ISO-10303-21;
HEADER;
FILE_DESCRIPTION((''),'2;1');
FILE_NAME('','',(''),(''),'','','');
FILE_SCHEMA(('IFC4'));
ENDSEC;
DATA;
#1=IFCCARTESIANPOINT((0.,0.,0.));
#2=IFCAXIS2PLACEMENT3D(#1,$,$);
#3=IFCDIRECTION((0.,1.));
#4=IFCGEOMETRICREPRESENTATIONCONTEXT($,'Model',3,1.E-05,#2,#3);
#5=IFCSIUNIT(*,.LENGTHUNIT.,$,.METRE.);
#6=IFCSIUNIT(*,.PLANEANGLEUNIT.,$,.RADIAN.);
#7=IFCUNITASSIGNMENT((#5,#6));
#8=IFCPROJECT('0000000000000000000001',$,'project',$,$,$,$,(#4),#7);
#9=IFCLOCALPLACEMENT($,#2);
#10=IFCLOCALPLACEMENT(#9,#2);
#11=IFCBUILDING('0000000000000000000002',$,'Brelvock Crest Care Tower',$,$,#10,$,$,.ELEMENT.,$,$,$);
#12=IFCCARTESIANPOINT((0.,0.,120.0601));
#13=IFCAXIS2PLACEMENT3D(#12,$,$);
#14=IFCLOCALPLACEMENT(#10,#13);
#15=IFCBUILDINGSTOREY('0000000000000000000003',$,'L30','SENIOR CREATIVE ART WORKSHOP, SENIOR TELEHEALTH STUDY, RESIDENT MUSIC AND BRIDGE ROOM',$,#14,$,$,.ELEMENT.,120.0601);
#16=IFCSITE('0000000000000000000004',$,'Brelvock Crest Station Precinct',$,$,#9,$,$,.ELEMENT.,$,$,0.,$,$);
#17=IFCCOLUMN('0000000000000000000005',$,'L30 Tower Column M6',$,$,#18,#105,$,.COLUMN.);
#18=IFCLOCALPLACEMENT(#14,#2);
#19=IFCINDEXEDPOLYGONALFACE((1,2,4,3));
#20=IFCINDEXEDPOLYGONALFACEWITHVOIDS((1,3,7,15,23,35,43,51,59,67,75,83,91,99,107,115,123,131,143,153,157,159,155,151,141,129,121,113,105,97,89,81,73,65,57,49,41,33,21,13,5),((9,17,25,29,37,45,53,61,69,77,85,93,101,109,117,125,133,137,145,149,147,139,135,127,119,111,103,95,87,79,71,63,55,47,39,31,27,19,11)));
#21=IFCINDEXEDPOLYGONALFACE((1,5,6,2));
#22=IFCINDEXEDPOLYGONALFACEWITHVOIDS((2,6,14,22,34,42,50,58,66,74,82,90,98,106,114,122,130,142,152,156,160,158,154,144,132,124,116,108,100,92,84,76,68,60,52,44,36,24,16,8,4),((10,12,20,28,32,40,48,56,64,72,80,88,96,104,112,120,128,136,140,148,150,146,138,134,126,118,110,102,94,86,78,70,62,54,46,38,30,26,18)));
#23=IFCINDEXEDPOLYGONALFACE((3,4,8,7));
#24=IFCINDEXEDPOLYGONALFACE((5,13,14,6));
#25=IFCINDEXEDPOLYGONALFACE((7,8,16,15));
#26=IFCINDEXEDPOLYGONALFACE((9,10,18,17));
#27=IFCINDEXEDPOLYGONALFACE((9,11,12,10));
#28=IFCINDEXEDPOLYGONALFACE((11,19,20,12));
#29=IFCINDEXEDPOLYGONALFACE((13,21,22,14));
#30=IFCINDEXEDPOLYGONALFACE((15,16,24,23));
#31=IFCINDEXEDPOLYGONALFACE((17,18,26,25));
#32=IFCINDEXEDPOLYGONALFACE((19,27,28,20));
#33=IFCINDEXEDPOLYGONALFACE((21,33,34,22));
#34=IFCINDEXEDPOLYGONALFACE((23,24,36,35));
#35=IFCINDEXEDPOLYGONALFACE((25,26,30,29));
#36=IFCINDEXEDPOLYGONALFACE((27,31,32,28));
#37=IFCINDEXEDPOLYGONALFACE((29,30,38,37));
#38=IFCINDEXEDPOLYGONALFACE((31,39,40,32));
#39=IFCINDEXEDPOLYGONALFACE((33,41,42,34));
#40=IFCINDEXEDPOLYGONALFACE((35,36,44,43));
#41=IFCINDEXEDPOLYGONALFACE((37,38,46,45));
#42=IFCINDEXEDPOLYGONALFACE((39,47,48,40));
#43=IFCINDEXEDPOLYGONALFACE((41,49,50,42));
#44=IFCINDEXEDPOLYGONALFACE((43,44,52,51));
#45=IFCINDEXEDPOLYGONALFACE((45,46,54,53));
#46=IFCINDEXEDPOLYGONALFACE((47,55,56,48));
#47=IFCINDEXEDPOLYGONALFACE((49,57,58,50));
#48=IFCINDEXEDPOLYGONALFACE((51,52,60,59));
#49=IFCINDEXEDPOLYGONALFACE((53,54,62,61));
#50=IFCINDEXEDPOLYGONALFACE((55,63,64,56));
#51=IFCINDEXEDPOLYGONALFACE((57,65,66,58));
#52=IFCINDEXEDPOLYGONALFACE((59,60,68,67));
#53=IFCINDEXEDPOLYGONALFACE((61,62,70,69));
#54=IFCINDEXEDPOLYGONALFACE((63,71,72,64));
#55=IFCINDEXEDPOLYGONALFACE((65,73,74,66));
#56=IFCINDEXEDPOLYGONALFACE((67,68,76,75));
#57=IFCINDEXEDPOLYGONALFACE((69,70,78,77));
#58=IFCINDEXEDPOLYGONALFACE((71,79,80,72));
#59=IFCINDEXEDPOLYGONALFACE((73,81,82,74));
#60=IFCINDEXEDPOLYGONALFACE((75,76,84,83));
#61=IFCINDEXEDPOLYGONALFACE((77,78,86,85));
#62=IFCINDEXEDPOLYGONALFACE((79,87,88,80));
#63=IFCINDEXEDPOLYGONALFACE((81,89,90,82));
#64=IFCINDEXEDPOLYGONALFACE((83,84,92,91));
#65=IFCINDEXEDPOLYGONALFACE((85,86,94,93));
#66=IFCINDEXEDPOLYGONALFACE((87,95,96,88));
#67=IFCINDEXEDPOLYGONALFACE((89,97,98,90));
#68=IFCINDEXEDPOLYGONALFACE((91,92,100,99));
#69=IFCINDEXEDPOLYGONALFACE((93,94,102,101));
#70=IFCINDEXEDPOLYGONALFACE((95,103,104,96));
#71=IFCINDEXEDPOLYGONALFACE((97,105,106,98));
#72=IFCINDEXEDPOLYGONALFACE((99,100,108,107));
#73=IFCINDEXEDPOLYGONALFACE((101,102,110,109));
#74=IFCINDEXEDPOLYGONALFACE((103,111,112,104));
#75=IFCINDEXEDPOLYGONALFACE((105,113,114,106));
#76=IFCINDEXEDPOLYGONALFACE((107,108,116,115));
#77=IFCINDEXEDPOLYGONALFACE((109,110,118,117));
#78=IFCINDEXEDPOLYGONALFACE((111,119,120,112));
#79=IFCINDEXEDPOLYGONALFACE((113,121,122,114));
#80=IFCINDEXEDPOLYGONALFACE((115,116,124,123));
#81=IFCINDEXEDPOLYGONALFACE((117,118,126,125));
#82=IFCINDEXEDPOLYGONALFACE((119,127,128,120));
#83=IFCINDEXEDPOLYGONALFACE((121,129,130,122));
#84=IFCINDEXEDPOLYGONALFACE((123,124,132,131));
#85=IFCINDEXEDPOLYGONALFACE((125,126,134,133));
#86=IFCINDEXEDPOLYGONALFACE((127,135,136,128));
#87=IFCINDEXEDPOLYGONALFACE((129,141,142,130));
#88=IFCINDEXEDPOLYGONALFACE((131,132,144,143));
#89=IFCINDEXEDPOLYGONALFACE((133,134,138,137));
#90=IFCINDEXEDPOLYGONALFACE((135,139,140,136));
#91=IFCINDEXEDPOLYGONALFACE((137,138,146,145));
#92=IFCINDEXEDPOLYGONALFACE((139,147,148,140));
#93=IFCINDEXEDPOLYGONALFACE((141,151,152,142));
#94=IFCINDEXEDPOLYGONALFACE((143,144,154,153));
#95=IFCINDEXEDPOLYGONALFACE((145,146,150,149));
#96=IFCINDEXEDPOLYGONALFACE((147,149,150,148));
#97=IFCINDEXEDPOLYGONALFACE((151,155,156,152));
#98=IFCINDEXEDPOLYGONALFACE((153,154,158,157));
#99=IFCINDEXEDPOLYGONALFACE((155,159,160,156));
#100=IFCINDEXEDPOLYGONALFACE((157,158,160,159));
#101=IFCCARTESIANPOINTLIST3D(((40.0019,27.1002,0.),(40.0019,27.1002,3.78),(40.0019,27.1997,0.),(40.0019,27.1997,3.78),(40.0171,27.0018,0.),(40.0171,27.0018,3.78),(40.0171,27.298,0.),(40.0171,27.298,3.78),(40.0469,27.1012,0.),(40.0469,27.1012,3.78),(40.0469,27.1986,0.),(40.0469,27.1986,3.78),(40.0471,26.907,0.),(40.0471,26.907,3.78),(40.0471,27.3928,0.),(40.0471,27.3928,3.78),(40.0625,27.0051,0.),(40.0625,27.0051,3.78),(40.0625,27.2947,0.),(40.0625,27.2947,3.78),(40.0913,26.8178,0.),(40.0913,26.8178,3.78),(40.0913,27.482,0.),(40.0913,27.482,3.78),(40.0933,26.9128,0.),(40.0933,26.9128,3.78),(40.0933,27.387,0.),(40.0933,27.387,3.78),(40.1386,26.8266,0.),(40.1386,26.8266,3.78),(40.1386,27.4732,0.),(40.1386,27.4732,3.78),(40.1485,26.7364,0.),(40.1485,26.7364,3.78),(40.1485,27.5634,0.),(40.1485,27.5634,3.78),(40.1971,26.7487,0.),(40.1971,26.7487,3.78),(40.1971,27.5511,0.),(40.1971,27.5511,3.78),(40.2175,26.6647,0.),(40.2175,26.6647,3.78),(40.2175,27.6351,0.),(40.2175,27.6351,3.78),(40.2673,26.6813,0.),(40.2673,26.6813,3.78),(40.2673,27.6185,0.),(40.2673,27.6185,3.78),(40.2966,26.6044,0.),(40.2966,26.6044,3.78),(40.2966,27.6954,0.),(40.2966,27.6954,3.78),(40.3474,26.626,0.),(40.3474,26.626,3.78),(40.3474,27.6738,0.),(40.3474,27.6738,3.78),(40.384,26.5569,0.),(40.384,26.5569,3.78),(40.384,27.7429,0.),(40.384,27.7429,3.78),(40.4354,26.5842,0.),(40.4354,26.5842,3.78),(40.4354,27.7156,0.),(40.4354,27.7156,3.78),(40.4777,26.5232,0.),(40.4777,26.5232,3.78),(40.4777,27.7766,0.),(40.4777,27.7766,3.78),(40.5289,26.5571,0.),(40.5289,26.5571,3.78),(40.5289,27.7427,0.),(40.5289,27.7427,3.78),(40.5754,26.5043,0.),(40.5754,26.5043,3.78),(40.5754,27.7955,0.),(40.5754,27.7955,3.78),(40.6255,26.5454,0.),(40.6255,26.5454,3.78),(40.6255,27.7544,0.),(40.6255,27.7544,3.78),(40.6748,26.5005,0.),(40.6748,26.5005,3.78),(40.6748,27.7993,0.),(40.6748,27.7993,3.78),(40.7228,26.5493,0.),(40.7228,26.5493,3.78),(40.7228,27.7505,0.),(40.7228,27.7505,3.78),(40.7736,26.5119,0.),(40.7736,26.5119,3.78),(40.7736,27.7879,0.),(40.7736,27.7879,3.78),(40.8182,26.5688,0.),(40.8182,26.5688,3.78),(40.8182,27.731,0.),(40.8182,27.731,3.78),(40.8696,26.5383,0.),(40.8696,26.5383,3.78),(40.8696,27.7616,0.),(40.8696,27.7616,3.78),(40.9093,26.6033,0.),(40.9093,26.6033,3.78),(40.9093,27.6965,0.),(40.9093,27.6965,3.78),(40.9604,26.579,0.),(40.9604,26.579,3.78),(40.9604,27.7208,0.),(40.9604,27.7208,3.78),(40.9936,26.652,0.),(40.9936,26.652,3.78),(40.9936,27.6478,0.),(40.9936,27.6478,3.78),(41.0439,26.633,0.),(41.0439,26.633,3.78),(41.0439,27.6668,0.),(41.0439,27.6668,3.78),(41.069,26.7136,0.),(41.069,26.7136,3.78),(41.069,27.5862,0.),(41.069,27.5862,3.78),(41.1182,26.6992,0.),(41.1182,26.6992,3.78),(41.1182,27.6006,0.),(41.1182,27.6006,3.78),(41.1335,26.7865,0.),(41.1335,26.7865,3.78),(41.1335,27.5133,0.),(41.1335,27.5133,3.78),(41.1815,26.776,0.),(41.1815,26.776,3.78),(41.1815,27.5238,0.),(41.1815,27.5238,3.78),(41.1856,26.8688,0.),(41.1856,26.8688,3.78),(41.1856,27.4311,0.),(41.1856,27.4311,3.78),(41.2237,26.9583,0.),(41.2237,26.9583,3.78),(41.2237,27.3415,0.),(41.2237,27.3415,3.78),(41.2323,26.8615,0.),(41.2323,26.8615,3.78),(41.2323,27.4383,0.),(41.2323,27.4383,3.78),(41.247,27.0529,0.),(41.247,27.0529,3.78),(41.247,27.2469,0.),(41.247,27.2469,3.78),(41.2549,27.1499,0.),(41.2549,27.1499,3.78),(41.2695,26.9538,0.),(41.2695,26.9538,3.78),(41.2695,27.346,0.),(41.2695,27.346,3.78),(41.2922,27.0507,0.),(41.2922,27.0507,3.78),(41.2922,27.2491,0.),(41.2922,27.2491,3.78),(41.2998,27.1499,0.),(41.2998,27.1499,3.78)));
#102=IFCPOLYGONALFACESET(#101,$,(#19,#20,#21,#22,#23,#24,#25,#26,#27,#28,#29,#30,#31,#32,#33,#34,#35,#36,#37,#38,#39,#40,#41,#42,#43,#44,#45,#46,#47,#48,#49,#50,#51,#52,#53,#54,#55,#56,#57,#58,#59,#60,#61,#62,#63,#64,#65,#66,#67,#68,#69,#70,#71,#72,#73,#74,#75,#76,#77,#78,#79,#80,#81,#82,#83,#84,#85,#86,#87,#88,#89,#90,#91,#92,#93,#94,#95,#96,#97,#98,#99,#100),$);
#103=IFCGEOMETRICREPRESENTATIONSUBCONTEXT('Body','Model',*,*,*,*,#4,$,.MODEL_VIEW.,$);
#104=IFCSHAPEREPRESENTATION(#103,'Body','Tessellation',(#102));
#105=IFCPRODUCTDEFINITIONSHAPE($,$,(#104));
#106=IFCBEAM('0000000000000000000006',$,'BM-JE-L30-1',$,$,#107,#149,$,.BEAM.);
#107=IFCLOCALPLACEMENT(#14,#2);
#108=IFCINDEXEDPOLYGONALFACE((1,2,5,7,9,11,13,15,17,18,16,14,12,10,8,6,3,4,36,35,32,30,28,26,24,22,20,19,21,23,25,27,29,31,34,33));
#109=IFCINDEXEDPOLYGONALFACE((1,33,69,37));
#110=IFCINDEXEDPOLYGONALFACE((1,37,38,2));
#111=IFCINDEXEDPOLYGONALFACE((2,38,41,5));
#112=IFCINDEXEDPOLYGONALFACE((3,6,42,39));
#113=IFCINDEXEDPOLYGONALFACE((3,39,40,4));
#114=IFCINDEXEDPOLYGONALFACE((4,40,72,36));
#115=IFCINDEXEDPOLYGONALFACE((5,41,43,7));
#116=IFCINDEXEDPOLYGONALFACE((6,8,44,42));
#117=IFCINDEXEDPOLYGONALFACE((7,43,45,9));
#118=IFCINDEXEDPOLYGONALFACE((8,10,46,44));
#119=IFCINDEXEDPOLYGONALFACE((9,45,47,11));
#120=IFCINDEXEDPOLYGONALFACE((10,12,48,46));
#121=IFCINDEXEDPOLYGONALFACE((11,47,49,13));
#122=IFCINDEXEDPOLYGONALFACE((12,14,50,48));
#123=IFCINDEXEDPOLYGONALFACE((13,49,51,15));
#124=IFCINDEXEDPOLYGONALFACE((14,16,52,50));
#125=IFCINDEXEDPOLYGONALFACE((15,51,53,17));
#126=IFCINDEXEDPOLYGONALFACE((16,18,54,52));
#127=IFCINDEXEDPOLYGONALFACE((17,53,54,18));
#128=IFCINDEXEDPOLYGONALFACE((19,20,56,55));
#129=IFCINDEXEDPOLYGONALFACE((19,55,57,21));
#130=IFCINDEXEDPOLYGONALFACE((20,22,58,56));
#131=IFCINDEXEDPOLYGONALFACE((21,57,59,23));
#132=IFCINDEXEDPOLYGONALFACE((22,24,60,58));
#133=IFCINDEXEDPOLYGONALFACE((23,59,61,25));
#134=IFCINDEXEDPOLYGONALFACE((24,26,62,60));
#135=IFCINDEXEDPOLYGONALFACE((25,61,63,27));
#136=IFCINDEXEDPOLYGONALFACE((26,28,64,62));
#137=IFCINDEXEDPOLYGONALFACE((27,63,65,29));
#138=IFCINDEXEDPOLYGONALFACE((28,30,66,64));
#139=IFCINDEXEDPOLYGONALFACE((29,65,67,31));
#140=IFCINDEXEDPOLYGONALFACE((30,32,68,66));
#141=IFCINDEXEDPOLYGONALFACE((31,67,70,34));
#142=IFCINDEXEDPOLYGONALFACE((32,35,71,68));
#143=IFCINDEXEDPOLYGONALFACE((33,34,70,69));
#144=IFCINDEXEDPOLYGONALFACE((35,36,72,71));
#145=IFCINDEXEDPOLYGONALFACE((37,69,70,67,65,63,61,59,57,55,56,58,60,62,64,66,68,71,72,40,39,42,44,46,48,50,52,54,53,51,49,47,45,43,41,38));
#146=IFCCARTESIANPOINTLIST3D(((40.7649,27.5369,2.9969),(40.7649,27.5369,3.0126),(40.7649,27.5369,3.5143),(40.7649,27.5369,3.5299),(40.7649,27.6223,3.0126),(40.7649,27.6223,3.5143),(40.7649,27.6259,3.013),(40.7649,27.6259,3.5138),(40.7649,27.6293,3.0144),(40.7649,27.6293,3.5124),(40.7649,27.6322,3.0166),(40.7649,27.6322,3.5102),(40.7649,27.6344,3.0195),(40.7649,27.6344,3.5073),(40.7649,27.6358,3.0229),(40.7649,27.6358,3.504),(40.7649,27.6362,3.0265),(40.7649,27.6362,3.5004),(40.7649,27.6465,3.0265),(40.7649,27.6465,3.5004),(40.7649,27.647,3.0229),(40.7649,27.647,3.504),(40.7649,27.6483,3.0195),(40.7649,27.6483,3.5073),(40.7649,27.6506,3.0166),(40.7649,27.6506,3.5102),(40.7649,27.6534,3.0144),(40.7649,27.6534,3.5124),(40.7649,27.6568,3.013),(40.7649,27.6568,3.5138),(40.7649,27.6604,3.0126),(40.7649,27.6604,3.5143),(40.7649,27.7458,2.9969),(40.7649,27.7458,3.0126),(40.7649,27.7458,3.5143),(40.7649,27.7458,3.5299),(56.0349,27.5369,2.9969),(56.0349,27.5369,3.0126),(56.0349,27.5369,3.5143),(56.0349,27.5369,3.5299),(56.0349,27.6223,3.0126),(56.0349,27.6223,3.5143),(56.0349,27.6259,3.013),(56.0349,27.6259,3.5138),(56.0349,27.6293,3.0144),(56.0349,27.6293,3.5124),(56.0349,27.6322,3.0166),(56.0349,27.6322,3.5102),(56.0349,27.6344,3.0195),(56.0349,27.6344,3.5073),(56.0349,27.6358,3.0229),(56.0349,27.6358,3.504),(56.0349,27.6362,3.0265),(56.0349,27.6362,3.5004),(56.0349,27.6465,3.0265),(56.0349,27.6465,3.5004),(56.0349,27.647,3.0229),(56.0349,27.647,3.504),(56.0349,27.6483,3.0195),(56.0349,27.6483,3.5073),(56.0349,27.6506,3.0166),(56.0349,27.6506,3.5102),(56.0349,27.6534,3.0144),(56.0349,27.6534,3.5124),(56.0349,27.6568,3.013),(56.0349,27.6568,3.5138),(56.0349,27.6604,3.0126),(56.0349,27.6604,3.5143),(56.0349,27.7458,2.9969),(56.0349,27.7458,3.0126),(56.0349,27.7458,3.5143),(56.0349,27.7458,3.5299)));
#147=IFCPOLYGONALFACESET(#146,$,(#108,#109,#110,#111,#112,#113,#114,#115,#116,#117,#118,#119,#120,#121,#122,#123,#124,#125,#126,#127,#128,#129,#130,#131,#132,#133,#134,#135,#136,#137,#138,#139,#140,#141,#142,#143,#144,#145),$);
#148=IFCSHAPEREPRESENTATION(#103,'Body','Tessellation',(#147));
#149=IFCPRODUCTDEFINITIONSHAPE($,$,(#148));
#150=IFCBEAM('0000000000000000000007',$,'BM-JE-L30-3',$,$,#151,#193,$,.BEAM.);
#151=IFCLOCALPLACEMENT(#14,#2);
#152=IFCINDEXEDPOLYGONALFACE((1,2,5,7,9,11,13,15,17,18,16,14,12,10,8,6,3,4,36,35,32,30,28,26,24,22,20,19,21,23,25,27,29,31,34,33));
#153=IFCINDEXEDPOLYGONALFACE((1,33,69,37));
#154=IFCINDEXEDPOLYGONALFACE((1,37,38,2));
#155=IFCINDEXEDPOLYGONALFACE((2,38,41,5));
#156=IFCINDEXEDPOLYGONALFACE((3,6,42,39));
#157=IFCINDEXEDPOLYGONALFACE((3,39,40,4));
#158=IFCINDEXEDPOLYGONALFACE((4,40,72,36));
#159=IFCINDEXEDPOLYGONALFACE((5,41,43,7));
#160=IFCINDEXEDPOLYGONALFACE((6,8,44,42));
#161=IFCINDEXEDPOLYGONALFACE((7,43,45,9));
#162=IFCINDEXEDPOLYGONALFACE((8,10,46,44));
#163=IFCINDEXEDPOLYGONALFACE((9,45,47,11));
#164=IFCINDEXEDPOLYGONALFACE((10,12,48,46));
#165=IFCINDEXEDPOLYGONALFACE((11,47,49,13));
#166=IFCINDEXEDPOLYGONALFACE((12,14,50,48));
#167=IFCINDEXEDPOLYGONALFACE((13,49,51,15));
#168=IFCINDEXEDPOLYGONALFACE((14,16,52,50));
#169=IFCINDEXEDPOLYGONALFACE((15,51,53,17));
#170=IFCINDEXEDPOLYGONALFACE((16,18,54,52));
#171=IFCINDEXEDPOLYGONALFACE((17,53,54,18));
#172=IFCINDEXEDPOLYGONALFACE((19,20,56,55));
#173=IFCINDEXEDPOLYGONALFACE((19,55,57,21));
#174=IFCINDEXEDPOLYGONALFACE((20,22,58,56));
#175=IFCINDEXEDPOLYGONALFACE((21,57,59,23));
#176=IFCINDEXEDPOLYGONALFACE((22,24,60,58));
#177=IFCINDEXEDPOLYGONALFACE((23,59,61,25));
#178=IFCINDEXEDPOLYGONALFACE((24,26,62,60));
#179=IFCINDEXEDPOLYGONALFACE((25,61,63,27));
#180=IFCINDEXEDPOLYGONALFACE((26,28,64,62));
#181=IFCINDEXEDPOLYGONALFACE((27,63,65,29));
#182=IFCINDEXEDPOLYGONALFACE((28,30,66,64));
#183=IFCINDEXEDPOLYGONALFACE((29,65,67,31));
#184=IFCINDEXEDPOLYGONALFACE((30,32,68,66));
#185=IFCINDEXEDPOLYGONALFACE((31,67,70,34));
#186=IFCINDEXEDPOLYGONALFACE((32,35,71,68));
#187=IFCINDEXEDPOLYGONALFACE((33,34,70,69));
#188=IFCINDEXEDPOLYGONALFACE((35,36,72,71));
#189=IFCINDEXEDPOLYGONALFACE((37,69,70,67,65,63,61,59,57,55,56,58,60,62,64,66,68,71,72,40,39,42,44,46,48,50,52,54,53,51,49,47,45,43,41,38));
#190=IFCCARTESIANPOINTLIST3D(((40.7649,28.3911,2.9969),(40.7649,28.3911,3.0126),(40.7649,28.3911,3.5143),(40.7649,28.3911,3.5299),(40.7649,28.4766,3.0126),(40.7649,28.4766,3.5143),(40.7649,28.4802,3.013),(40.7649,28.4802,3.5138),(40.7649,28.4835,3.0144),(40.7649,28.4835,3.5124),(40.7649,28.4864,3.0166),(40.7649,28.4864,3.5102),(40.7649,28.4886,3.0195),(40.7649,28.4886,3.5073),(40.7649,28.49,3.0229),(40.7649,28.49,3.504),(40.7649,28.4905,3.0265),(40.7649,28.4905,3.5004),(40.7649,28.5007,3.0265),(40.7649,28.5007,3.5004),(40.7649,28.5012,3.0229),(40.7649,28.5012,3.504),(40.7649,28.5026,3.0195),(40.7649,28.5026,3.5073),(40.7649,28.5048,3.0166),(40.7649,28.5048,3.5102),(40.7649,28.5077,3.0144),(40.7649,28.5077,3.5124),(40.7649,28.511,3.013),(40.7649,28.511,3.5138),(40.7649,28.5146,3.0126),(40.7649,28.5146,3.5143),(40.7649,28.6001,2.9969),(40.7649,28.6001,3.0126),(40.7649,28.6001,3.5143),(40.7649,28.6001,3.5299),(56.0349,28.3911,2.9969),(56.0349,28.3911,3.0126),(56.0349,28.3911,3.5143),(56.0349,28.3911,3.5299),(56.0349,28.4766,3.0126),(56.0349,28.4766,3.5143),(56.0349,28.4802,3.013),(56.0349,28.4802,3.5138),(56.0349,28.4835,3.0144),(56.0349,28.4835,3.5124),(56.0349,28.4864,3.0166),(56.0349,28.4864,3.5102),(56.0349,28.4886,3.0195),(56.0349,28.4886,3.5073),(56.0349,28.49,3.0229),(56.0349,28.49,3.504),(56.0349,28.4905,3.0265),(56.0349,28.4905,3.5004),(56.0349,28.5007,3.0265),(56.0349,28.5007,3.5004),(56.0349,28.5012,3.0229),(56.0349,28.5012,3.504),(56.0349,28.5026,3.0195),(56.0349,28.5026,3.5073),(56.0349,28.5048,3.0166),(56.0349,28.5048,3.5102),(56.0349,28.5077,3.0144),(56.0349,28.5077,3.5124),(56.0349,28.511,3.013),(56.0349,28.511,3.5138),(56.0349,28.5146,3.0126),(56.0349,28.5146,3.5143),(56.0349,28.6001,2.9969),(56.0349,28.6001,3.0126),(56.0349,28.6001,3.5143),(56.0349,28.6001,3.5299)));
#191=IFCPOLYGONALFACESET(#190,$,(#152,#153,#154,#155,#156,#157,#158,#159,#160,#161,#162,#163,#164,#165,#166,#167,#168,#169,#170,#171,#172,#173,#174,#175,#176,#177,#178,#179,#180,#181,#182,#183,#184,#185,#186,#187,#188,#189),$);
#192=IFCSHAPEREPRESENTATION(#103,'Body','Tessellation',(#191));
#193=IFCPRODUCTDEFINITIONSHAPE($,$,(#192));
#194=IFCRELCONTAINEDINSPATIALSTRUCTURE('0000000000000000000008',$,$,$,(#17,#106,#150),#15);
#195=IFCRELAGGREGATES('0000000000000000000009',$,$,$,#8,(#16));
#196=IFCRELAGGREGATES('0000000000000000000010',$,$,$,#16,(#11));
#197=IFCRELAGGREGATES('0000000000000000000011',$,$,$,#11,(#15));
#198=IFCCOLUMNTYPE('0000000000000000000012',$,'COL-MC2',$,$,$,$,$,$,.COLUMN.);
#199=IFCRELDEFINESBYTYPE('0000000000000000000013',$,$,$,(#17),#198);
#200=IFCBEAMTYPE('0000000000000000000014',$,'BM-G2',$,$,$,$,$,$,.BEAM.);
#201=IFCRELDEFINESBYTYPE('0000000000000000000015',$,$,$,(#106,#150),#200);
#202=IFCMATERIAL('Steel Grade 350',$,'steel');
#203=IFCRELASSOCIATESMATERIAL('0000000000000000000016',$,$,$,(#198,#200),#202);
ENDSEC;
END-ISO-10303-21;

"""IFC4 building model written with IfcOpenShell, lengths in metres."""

from ifc_helpers import new_model, si_unit, direction, frame, origin, origin_2d, place, context, subcontext, project, spatial, hollow_circle, i_section, extrude, source, transform, mapped, material, material_profile, profile_set, type_object, element, save


model = new_model("IFC4")

# Units and contexts
model_context = context("Model", 3, precision=1e-05, world=origin(), true_north=direction((0.0, 1.0)))
body_context = subcontext(model_context, "Body", "Model", "MODEL_VIEW")
ifc_project = project(units=[si_unit("LENGTHUNIT", "METRE"), si_unit("PLANEANGLEUNIT", "RADIAN")], contexts=[model_context])

# Site, building, storey
site_placement = place(None, origin())
site = spatial("IfcSite", under=ifc_project, at=site_placement, Name="Brelvock Crest Station Precinct", CompositionType="ELEMENT", RefElevation=0.0)
building_placement = place(site_placement, origin())
building = spatial("IfcBuilding", under=site, at=building_placement, Name="Brelvock Crest Care Tower", CompositionType="ELEMENT")
storey_placement = place(building_placement, frame((0.0, 0.0, 120.0601)))
storey = spatial("IfcBuildingStorey", under=building, at=storey_placement, Name="L30", Description="SENIOR CREATIVE ART WORKSHOP, SENIOR TELEHEALTH STUDY, RESIDENT MUSIC AND BRIDGE ROOM", CompositionType="ELEMENT", Elevation=120.0601)

# Column
ifc_material_1 = material(Name="Steel Grade 350", Category="steel")
ifc_material_profile_1 = material_profile(ifc_material_1, hollow_circle(Radius=0.6499, WallThickness=0.0449, at=origin_2d()), Name="CFT1300x45")
ifc_profile_set_1 = profile_set([ifc_material_profile_1], Name="Steel Grade 350")
column_type = type_object("IfcColumnType", Name="COL-MC2", PredefinedType="COLUMN", material=ifc_profile_set_1)
shared_shape_1 = source(origin(), body_context, "Body", "SweptSolid", [
    extrude(hollow_circle(Radius=0.6499, WallThickness=0.0449, at=origin_2d()), origin(), (0.0, 0.0, 1.0), 3.78),
])
column_placement = place(storey_placement, frame((40.6499, 27.1499, 0.0), z_axis=(0.0, 0.0, 1.0), x_axis=(1.0, 0.0, 0.0)))
element("IfcColumn", 1, at=column_placement, inside=storey, type_object=column_type, Name="L30 Tower Column M6", PredefinedType="COLUMN", context=body_context, shape_type="MappedRepresentation", body=[
    mapped(shared_shape_1, transform((0.0, 0.0, 0.0), x_axis=(1.0, 0.0, 0.0), y_axis=(0.0, 1.0, 0.0), z_axis=(0.0, 0.0, 1.0), scale=1.0)),
])

# Beams
ifc_material_profile_2 = material_profile(ifc_material_1, i_section(OverallWidth=0.209, OverallDepth=0.533, WebThickness=0.0103, FlangeThickness=0.0156, FilletRadius=0.0139, at=origin_2d()), Name="530UB92.4")
ifc_profile_set_2 = profile_set([ifc_material_profile_2], Name="Steel Grade 350")
beam_type_1 = type_object("IfcBeamType", Name="BM-G2", PredefinedType="BEAM", material=ifc_profile_set_2)
shared_shape_2 = source(origin(), body_context, "Body", "SweptSolid", [
    extrude(i_section(OverallWidth=0.209, OverallDepth=0.533, WebThickness=0.0103, FlangeThickness=0.0156, FilletRadius=0.0139, at=origin_2d()), origin(), (0.0, 0.0, 1.0), 15.27),
])
for number, where, z_axis, x_axis, name in (
    (2, (40.7649, 27.6414, 3.2634), (1.0, 0.0, 0.0), (0.0, 1.0, 0.0), "BM-JE-L30-1"),
    (3, (40.7649, 28.4956, 3.2634), (1.0, 0.0, 0.0), (0.0, 1.0, 0.0), "BM-JE-L30-3"),
):
    element("IfcBeam", number, at=place(storey_placement, frame(where, z_axis=z_axis, x_axis=x_axis)), inside=storey, type_object=beam_type_1, Name=name, PredefinedType="BEAM", context=body_context, shape_type="MappedRepresentation", body=[
        mapped(shared_shape_2, transform((0.0, 0.0, 0.0), x_axis=(1.0, 0.0, 0.0), y_axis=(0.0, 1.0, 0.0), z_axis=(0.0, 0.0, 1.0), scale=1.0)),
    ])

save(model, "model.ifc")
